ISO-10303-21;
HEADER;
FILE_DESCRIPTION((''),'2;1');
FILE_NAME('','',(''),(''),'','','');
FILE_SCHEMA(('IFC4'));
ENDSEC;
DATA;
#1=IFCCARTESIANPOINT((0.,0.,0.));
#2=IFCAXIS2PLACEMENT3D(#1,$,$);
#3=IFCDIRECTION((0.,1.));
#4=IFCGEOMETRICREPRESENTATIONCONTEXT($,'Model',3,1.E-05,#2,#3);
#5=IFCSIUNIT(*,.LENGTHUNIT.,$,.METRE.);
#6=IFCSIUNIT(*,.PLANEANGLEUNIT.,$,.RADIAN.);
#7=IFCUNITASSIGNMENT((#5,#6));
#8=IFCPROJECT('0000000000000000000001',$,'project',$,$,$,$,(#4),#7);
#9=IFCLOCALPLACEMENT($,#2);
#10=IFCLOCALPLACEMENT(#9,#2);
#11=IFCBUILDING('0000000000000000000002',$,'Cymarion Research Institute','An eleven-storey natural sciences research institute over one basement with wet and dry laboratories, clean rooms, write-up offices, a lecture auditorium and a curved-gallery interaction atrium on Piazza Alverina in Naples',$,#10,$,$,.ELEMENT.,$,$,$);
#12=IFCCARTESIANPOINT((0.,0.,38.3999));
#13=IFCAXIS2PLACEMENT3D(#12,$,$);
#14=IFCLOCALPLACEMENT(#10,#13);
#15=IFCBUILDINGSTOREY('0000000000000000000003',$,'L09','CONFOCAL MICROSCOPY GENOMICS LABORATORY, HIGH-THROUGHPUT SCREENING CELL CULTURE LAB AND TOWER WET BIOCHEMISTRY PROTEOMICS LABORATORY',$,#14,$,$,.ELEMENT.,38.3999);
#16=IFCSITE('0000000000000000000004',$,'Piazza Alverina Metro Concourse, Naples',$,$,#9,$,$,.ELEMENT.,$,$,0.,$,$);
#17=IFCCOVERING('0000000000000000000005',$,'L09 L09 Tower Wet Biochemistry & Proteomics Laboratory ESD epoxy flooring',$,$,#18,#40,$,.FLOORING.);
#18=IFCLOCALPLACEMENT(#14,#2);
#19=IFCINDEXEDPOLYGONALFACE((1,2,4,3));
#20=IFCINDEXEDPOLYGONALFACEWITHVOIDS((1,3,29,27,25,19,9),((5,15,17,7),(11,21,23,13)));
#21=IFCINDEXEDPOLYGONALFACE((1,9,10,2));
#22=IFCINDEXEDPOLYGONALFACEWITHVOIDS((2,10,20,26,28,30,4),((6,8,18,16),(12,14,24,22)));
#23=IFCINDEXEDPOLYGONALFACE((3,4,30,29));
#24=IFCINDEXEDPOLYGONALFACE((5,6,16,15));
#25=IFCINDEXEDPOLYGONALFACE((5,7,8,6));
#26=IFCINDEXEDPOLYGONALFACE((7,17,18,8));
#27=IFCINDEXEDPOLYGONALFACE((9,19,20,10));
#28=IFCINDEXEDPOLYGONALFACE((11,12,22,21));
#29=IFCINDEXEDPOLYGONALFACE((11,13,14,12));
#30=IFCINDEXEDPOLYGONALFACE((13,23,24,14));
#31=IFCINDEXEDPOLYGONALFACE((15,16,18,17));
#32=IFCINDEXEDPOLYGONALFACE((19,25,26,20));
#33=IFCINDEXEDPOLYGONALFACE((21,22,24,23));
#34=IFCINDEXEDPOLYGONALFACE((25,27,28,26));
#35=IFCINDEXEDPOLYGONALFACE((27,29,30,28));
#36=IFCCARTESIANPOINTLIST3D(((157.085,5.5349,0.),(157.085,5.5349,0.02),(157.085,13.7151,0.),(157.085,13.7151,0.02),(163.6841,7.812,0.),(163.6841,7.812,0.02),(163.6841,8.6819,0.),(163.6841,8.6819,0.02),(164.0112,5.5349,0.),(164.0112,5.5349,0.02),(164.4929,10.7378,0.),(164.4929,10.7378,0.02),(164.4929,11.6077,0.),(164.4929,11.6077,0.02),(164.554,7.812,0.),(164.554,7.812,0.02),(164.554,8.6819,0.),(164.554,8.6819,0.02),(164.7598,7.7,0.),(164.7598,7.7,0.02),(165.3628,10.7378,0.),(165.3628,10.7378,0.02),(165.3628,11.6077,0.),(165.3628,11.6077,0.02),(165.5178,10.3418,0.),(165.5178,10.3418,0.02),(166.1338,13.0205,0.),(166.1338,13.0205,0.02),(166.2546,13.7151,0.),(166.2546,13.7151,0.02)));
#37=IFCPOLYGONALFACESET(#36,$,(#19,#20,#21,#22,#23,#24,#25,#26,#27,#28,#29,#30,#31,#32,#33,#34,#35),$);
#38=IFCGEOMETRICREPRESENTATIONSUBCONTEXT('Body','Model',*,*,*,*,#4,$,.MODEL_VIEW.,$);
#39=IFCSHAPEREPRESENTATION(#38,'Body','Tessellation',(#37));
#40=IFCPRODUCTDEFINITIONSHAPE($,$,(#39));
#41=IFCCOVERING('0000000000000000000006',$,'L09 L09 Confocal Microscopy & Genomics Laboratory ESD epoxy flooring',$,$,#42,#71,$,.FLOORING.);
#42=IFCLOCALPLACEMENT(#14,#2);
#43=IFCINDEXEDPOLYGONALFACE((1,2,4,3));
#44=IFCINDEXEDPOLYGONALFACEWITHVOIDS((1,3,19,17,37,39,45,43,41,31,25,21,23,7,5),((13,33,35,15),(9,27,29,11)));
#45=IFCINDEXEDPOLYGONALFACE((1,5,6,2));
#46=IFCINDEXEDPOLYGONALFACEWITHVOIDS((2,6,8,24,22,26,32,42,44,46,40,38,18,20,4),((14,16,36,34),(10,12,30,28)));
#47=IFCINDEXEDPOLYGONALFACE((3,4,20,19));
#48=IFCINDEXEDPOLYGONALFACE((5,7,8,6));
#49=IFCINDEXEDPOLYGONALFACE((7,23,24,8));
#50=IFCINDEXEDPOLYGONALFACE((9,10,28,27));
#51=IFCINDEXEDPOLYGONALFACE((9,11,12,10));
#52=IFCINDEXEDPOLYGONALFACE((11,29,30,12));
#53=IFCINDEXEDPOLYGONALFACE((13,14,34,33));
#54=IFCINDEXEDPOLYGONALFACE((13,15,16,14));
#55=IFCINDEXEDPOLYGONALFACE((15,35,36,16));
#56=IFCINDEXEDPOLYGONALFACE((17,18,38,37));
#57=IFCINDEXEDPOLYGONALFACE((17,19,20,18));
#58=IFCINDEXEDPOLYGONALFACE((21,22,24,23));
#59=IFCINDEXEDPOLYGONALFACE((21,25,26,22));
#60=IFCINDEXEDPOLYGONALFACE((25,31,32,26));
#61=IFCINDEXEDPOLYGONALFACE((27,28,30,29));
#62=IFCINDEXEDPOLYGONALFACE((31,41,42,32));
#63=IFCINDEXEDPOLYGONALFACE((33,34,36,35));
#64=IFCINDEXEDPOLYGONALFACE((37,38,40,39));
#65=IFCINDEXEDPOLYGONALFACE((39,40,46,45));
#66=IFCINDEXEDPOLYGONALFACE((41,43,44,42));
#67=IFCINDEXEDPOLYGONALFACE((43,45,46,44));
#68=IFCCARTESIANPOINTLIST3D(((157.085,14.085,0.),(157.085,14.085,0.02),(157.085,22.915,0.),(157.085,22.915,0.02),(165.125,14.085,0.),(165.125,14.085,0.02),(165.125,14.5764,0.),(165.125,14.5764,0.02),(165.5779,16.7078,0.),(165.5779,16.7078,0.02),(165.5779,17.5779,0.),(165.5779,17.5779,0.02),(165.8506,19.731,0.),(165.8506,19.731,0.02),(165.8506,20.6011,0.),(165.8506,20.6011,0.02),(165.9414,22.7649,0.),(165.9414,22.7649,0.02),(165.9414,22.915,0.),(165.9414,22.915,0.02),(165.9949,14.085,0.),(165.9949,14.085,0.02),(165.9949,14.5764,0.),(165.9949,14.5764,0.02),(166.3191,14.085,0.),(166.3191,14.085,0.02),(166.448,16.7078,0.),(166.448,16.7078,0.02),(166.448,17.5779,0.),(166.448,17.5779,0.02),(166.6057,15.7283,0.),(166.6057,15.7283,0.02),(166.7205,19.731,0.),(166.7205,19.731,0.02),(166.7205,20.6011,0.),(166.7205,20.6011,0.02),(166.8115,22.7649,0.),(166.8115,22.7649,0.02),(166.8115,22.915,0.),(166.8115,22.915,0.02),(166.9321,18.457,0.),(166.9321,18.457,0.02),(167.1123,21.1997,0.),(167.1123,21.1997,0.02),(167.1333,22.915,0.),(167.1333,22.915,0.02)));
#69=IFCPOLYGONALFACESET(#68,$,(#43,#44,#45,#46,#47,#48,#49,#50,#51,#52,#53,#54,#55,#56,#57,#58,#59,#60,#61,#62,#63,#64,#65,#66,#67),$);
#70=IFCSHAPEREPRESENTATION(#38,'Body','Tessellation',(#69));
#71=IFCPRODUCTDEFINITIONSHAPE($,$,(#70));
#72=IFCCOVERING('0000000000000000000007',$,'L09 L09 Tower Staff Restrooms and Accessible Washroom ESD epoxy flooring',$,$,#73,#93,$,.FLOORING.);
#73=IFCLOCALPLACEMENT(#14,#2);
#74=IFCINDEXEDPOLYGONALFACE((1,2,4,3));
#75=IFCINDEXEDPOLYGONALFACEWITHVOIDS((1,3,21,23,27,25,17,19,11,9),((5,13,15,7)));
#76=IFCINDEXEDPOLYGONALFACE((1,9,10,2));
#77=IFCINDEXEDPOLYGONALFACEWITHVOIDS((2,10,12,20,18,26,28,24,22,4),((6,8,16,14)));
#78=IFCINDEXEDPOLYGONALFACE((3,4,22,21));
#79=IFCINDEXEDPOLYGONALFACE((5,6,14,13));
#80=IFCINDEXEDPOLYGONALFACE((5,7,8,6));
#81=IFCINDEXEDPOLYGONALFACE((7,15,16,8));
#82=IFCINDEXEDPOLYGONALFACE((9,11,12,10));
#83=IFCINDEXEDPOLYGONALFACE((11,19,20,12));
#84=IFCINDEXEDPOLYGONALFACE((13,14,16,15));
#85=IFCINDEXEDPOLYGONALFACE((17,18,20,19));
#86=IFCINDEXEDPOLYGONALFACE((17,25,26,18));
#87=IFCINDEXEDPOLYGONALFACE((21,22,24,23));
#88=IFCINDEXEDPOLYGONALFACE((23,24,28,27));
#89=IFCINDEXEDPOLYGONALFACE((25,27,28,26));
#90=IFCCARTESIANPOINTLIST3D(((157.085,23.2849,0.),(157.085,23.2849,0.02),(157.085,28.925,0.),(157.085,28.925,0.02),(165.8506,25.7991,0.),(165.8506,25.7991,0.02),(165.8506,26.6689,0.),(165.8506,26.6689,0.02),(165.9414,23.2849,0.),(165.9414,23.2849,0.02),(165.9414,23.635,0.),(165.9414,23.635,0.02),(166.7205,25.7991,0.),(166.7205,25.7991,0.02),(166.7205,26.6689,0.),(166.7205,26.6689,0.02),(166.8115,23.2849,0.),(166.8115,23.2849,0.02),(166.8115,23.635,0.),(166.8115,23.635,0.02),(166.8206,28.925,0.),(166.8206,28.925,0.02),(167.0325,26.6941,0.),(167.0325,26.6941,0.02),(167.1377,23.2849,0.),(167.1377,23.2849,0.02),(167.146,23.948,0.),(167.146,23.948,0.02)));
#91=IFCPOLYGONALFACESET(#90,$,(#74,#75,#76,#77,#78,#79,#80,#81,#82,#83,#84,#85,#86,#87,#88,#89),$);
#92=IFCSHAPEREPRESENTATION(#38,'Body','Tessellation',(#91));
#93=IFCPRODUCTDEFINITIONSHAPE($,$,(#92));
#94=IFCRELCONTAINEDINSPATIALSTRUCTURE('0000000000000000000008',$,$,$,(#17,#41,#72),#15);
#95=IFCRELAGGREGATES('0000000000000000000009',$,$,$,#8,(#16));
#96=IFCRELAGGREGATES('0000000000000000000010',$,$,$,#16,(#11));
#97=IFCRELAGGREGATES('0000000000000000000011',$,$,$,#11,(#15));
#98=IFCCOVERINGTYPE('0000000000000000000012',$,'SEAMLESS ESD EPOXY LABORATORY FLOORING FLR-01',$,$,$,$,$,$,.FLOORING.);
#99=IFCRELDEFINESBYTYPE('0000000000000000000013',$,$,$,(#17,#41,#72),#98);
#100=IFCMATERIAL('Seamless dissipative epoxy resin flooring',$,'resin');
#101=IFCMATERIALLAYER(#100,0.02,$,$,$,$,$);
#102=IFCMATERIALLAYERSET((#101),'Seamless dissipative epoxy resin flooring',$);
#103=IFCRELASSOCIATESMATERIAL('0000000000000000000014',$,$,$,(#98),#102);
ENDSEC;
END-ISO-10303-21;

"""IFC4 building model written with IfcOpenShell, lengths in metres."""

from ifc_helpers import new_model, si_unit, direction, frame, origin, place, context, subcontext, project, spatial, polyline, outline, extrude, material, layer, layer_set, type_object, element, save


model = new_model("IFC4")

# Units and contexts
model_context = context("Model", 3, precision=1e-05, world=origin(), true_north=direction((0.0, 1.0)))
body_context = subcontext(model_context, "Body", "Model", "MODEL_VIEW")
ifc_project = project(units=[si_unit("LENGTHUNIT", "METRE"), si_unit("PLANEANGLEUNIT", "RADIAN")], contexts=[model_context])

# Site, building, storey
site_placement = place(None, origin())
site = spatial("IfcSite", under=ifc_project, at=site_placement, Name="Piazza Alverina Metro Concourse, Naples", CompositionType="ELEMENT", RefElevation=0.0)
building_placement = place(site_placement, origin())
building = spatial("IfcBuilding", under=site, at=building_placement, Name="Cymarion Research Institute", Description="An eleven-storey natural sciences research institute over one basement with wet and dry laboratories, clean rooms, write-up offices, a lecture auditorium and a curved-gallery interaction atrium on Piazza Alverina in Naples", CompositionType="ELEMENT")
storey_placement = place(building_placement, frame((0.0, 0.0, 38.3999)))
storey = spatial("IfcBuildingStorey", under=building, at=storey_placement, Name="L09", Description="CONFOCAL MICROSCOPY GENOMICS LABORATORY, HIGH-THROUGHPUT SCREENING CELL CULTURE LAB AND TOWER WET BIOCHEMISTRY PROTEOMICS LABORATORY", CompositionType="ELEMENT", Elevation=38.3999)

# Coverings
ifc_material_1 = material(Name="Seamless dissipative epoxy resin flooring", Category="resin")
ifc_layer_1 = layer(ifc_material_1, 0.02)
ifc_layer_set_1 = layer_set([ifc_layer_1], Name="Seamless dissipative epoxy resin flooring")
covering_type_1 = type_object("IfcCoveringType", Name="SEAMLESS ESD EPOXY LABORATORY FLOORING FLR-01", PredefinedType="FLOORING", material=ifc_layer_set_1)
covering_1_placement = place(storey_placement, origin())
element("IfcCovering", 1, at=covering_1_placement, inside=storey, type_object=covering_type_1, Name="L09 L09 Tower Wet Biochemistry & Proteomics Laboratory ESD epoxy flooring", PredefinedType="FLOORING", context=body_context, shape_type="SweptSolid", body=[
    extrude(outline(polyline([(157.085, 13.7151), (166.2546, 13.7151), (166.1338, 13.0205), (165.5178, 10.3418), (164.7598, 7.7), (164.0112, 5.5349), (157.085, 5.5349), (157.085, 13.7151)]), holes=[polyline([(165.3628, 10.7378), (165.3628, 11.6077), (164.4929, 11.6077), (164.4929, 10.7378), (165.3628, 10.7378)]), polyline([(164.554, 7.812), (164.554, 8.6819), (163.6841, 8.6819), (163.6841, 7.812), (164.554, 7.812)])]), origin(), (0.0, 0.0, 1.0), 0.02),
])
covering_2_placement = place(storey_placement, origin())
element("IfcCovering", 2, at=covering_2_placement, inside=storey, type_object=covering_type_1, Name="L09 L09 Confocal Microscopy & Genomics Laboratory ESD epoxy flooring", PredefinedType="FLOORING", context=body_context, shape_type="SweptSolid", body=[
    extrude(outline(polyline([(157.085, 22.915), (165.9414, 22.915), (165.9414, 22.7649), (166.8115, 22.7649), (166.8115, 22.915), (167.1333, 22.915), (167.1123, 21.1997), (166.9321, 18.457), (166.6057, 15.7283), (166.3191, 14.085), (165.9949, 14.085), (165.9949, 14.5764), (165.125, 14.5764), (165.125, 14.085), (157.085, 14.085), (157.085, 22.915)]), holes=[polyline([(166.7205, 19.731), (166.7205, 20.6011), (165.8506, 20.6011), (165.8506, 19.731), (166.7205, 19.731)]), polyline([(166.448, 16.7078), (166.448, 17.5779), (165.5779, 17.5779), (165.5779, 16.7078), (166.448, 16.7078)])]), origin(), (0.0, 0.0, 1.0), 0.02),
])
covering_3_placement = place(storey_placement, origin())
element("IfcCovering", 3, at=covering_3_placement, inside=storey, type_object=covering_type_1, Name="L09 L09 Tower Staff Restrooms and Accessible Washroom ESD epoxy flooring", PredefinedType="FLOORING", context=body_context, shape_type="SweptSolid", body=[
    extrude(outline(polyline([(167.0325, 26.6941), (167.146, 23.948), (167.1377, 23.2849), (166.8115, 23.2849), (166.8115, 23.635), (165.9414, 23.635), (165.9414, 23.2849), (157.085, 23.2849), (157.085, 28.925), (166.8206, 28.925), (167.0325, 26.6941)]), holes=[polyline([(166.7205, 25.7991), (166.7205, 26.6689), (165.8506, 26.6689), (165.8506, 25.7991), (166.7205, 25.7991)])]), origin(), (0.0, 0.0, 1.0), 0.02),
])

save(model, "model.ifc")
